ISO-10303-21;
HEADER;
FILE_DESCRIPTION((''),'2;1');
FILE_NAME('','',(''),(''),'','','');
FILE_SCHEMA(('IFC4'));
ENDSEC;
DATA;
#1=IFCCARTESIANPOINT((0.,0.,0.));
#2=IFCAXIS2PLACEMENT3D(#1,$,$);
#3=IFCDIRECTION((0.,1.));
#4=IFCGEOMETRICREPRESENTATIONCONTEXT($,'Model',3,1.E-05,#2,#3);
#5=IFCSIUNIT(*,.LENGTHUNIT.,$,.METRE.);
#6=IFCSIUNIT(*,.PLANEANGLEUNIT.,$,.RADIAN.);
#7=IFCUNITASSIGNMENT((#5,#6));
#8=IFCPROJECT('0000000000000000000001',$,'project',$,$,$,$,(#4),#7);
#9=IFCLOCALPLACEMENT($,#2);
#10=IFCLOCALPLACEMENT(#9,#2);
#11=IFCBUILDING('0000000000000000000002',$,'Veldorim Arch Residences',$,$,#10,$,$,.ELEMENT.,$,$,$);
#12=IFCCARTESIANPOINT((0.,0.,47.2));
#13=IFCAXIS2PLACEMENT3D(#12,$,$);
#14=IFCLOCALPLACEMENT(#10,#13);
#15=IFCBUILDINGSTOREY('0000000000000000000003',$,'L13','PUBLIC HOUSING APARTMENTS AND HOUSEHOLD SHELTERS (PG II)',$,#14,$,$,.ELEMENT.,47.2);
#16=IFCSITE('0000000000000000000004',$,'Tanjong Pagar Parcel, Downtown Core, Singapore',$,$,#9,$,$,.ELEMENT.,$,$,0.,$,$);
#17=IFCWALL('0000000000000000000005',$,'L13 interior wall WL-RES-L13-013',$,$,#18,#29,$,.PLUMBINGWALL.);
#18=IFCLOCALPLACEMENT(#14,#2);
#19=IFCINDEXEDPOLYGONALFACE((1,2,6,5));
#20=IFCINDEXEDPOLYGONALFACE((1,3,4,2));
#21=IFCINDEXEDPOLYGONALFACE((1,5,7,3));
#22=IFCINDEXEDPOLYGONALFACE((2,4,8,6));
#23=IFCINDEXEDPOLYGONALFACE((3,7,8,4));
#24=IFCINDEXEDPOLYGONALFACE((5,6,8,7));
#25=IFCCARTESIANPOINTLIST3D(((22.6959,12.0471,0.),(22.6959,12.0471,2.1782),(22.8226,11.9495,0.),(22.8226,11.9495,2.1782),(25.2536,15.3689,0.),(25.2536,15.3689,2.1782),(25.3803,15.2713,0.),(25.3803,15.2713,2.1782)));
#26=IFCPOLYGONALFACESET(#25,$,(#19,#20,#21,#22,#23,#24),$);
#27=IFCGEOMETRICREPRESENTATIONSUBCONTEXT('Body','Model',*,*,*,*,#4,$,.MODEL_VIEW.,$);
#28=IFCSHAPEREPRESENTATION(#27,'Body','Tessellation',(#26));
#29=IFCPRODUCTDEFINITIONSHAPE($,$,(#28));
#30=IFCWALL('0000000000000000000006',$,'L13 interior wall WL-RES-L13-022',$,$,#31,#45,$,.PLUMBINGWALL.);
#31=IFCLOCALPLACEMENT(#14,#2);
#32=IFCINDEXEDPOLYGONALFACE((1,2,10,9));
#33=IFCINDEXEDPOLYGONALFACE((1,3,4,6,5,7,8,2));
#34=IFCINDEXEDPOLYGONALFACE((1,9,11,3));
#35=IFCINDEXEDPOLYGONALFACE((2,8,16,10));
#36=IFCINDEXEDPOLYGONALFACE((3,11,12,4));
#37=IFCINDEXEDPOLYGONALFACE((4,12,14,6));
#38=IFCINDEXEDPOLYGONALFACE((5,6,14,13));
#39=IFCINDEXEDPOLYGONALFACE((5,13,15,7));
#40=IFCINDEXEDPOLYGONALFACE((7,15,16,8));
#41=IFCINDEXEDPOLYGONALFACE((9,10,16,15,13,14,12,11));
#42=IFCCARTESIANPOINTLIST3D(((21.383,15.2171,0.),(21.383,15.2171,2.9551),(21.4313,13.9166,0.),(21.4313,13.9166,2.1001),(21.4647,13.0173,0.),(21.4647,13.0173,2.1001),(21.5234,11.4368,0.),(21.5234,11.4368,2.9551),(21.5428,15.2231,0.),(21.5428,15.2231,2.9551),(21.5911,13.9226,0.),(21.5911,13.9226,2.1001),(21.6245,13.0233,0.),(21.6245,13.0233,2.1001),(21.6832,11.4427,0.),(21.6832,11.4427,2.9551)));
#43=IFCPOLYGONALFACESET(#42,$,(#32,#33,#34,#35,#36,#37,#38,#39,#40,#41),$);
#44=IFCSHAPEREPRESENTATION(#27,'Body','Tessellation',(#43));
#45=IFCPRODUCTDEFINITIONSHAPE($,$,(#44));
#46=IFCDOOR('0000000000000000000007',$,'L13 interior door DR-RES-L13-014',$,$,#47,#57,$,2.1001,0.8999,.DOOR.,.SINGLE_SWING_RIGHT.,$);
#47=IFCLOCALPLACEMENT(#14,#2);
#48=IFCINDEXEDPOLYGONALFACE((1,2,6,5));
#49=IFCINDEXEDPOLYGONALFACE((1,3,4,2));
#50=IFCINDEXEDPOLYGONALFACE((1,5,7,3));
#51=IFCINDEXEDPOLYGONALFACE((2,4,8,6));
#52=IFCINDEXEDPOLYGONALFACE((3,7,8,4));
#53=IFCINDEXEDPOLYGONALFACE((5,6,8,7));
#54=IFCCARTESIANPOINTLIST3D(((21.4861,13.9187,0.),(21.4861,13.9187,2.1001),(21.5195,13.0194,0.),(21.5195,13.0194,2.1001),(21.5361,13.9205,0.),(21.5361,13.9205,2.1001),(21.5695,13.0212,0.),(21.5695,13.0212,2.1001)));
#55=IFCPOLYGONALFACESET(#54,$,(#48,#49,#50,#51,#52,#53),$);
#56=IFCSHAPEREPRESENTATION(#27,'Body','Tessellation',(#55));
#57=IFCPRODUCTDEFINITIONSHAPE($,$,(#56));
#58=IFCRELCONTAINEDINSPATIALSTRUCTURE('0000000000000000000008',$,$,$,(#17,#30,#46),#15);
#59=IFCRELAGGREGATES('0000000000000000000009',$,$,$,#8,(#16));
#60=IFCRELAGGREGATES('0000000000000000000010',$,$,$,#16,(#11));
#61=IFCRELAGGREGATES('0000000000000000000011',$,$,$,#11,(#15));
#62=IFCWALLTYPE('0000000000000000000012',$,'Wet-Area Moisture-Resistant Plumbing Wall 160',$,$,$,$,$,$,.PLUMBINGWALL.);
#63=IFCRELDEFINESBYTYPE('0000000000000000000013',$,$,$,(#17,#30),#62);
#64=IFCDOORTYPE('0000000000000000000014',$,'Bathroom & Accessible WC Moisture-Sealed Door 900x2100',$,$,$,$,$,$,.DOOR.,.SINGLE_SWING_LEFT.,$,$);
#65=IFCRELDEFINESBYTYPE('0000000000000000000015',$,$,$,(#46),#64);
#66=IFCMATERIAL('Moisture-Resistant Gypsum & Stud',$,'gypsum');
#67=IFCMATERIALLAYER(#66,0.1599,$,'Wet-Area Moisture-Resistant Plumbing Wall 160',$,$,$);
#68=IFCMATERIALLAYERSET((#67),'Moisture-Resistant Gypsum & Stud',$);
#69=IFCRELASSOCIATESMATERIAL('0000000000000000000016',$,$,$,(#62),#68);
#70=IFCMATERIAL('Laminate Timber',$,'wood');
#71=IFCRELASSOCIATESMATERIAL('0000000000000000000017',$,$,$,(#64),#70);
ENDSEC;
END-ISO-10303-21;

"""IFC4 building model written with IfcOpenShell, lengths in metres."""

from ifc_helpers import new_model, si_unit, direction, frame, frame_2d, origin, place, context, subcontext, project, spatial, rectangle, extrude, material, layer, layer_set, type_object, element, fill, save


model = new_model("IFC4")

# Units and contexts
model_context = context("Model", 3, precision=1e-05, world=origin(), true_north=direction((0.0, 1.0)))
body_context = subcontext(model_context, "Body", "Model", "MODEL_VIEW")
ifc_project = project(units=[si_unit("LENGTHUNIT", "METRE"), si_unit("PLANEANGLEUNIT", "RADIAN")], contexts=[model_context])

# Site, building, storey
site_placement = place(None, origin())
site = spatial("IfcSite", under=ifc_project, at=site_placement, Name="Tanjong Pagar Parcel, Downtown Core, Singapore", CompositionType="ELEMENT", RefElevation=0.0)
building_placement = place(site_placement, origin())
building = spatial("IfcBuilding", under=site, at=building_placement, Name="Veldorim Arch Residences", CompositionType="ELEMENT")
storey_placement = place(building_placement, frame((0.0, 0.0, 47.2)))
storey = spatial("IfcBuildingStorey", under=building, at=storey_placement, Name="L13", Description="PUBLIC HOUSING APARTMENTS AND HOUSEHOLD SHELTERS (PG II)", CompositionType="ELEMENT", Elevation=47.2)

# Wall
ifc_material_1 = material(Name="Moisture-Resistant Gypsum & Stud", Category="gypsum")
ifc_layer_1 = layer(ifc_material_1, 0.1599, Name="Wet-Area Moisture-Resistant Plumbing Wall 160")
ifc_layer_set_1 = layer_set([ifc_layer_1], Name="Moisture-Resistant Gypsum & Stud")
wall_type_1 = type_object("IfcWallType", Name="Wet-Area Moisture-Resistant Plumbing Wall 160", PredefinedType="PLUMBINGWALL", material=ifc_layer_set_1)
wall_1_placement = place(storey_placement, frame((22.7593, 11.9983, 0.0), z_axis=(0.0, 0.0, 1.0), x_axis=(0.610071, 0.792347, 0.0)))
element("IfcWall", 1, at=wall_1_placement, inside=storey, type_object=wall_type_1, Name="L13 interior wall WL-RES-L13-013", PredefinedType="PLUMBINGWALL", context=body_context, shape_type="SweptSolid", body=[
    extrude(rectangle(XDim=4.1924, YDim=0.1599, at=frame_2d((2.0962, 0.0))), origin(), (0.0, 0.0, 1.0), 2.1782),
])

# Wall, opening, door
wall_2_placement = place(storey_placement, frame((21.4629, 15.2202, 0.0), z_axis=(0.0, 0.0, 1.0), x_axis=(0.03711, -0.999311, 0.0)))
wall_2 = element("IfcWall", 2, at=wall_2_placement, inside=storey, type_object=wall_type_1, Name="L13 interior wall WL-RES-L13-022", PredefinedType="PLUMBINGWALL", context=body_context, shape_type="SweptSolid", body=[
    extrude(rectangle(XDim=3.783, YDim=0.1599, at=frame_2d((1.8916, 0.0))), origin(), (0.0, 0.0, 1.0), 2.9551),
])
opening_1_placement = place(wall_2_placement, frame((1.3015, 0.0, 0.0)))
opening_1 = element("IfcOpeningElement", 3, at=opening_1_placement, cuts=wall_2, PredefinedType="OPENING", context=body_context, shape_type="SweptSolid", body=[
    extrude(rectangle(XDim=0.8999, YDim=2.1001, at=frame_2d((0.45, 1.05))), frame((0.0, 0.0898, 0.0), z_axis=(0.0, -1.0, 0.0), x_axis=(1.0, 0.0, 0.0)), (0.0, 0.0, 1.0), 0.1799),
])
ifc_material_2 = material(Name="Laminate Timber", Category="wood")
door_type_1 = type_object("IfcDoorType", Name="Bathroom & Accessible WC Moisture-Sealed Door 900x2100", OperationType="SINGLE_SWING_LEFT", PredefinedType="DOOR", material=ifc_material_2)
door_1_placement = place(opening_1_placement, origin())
door_1 = element("IfcDoor", 4, at=door_1_placement, inside=storey, type_object=door_type_1, Name="L13 interior door DR-RES-L13-014", OperationType="SINGLE_SWING_RIGHT", OverallHeight=2.1001, OverallWidth=0.8999, PredefinedType="DOOR", context=body_context, shape_type="SweptSolid", body=[
    extrude(rectangle(XDim=0.8999, YDim=2.1001, at=frame_2d((0.45, 1.05))), frame((0.0, 0.0249, 0.0), z_axis=(0.0, -1.0, 0.0), x_axis=(1.0, 0.0, 0.0)), (0.0, 0.0, 1.0), 0.05),
])
fill(opening_1, door_1)

save(model, "model.ifc")
